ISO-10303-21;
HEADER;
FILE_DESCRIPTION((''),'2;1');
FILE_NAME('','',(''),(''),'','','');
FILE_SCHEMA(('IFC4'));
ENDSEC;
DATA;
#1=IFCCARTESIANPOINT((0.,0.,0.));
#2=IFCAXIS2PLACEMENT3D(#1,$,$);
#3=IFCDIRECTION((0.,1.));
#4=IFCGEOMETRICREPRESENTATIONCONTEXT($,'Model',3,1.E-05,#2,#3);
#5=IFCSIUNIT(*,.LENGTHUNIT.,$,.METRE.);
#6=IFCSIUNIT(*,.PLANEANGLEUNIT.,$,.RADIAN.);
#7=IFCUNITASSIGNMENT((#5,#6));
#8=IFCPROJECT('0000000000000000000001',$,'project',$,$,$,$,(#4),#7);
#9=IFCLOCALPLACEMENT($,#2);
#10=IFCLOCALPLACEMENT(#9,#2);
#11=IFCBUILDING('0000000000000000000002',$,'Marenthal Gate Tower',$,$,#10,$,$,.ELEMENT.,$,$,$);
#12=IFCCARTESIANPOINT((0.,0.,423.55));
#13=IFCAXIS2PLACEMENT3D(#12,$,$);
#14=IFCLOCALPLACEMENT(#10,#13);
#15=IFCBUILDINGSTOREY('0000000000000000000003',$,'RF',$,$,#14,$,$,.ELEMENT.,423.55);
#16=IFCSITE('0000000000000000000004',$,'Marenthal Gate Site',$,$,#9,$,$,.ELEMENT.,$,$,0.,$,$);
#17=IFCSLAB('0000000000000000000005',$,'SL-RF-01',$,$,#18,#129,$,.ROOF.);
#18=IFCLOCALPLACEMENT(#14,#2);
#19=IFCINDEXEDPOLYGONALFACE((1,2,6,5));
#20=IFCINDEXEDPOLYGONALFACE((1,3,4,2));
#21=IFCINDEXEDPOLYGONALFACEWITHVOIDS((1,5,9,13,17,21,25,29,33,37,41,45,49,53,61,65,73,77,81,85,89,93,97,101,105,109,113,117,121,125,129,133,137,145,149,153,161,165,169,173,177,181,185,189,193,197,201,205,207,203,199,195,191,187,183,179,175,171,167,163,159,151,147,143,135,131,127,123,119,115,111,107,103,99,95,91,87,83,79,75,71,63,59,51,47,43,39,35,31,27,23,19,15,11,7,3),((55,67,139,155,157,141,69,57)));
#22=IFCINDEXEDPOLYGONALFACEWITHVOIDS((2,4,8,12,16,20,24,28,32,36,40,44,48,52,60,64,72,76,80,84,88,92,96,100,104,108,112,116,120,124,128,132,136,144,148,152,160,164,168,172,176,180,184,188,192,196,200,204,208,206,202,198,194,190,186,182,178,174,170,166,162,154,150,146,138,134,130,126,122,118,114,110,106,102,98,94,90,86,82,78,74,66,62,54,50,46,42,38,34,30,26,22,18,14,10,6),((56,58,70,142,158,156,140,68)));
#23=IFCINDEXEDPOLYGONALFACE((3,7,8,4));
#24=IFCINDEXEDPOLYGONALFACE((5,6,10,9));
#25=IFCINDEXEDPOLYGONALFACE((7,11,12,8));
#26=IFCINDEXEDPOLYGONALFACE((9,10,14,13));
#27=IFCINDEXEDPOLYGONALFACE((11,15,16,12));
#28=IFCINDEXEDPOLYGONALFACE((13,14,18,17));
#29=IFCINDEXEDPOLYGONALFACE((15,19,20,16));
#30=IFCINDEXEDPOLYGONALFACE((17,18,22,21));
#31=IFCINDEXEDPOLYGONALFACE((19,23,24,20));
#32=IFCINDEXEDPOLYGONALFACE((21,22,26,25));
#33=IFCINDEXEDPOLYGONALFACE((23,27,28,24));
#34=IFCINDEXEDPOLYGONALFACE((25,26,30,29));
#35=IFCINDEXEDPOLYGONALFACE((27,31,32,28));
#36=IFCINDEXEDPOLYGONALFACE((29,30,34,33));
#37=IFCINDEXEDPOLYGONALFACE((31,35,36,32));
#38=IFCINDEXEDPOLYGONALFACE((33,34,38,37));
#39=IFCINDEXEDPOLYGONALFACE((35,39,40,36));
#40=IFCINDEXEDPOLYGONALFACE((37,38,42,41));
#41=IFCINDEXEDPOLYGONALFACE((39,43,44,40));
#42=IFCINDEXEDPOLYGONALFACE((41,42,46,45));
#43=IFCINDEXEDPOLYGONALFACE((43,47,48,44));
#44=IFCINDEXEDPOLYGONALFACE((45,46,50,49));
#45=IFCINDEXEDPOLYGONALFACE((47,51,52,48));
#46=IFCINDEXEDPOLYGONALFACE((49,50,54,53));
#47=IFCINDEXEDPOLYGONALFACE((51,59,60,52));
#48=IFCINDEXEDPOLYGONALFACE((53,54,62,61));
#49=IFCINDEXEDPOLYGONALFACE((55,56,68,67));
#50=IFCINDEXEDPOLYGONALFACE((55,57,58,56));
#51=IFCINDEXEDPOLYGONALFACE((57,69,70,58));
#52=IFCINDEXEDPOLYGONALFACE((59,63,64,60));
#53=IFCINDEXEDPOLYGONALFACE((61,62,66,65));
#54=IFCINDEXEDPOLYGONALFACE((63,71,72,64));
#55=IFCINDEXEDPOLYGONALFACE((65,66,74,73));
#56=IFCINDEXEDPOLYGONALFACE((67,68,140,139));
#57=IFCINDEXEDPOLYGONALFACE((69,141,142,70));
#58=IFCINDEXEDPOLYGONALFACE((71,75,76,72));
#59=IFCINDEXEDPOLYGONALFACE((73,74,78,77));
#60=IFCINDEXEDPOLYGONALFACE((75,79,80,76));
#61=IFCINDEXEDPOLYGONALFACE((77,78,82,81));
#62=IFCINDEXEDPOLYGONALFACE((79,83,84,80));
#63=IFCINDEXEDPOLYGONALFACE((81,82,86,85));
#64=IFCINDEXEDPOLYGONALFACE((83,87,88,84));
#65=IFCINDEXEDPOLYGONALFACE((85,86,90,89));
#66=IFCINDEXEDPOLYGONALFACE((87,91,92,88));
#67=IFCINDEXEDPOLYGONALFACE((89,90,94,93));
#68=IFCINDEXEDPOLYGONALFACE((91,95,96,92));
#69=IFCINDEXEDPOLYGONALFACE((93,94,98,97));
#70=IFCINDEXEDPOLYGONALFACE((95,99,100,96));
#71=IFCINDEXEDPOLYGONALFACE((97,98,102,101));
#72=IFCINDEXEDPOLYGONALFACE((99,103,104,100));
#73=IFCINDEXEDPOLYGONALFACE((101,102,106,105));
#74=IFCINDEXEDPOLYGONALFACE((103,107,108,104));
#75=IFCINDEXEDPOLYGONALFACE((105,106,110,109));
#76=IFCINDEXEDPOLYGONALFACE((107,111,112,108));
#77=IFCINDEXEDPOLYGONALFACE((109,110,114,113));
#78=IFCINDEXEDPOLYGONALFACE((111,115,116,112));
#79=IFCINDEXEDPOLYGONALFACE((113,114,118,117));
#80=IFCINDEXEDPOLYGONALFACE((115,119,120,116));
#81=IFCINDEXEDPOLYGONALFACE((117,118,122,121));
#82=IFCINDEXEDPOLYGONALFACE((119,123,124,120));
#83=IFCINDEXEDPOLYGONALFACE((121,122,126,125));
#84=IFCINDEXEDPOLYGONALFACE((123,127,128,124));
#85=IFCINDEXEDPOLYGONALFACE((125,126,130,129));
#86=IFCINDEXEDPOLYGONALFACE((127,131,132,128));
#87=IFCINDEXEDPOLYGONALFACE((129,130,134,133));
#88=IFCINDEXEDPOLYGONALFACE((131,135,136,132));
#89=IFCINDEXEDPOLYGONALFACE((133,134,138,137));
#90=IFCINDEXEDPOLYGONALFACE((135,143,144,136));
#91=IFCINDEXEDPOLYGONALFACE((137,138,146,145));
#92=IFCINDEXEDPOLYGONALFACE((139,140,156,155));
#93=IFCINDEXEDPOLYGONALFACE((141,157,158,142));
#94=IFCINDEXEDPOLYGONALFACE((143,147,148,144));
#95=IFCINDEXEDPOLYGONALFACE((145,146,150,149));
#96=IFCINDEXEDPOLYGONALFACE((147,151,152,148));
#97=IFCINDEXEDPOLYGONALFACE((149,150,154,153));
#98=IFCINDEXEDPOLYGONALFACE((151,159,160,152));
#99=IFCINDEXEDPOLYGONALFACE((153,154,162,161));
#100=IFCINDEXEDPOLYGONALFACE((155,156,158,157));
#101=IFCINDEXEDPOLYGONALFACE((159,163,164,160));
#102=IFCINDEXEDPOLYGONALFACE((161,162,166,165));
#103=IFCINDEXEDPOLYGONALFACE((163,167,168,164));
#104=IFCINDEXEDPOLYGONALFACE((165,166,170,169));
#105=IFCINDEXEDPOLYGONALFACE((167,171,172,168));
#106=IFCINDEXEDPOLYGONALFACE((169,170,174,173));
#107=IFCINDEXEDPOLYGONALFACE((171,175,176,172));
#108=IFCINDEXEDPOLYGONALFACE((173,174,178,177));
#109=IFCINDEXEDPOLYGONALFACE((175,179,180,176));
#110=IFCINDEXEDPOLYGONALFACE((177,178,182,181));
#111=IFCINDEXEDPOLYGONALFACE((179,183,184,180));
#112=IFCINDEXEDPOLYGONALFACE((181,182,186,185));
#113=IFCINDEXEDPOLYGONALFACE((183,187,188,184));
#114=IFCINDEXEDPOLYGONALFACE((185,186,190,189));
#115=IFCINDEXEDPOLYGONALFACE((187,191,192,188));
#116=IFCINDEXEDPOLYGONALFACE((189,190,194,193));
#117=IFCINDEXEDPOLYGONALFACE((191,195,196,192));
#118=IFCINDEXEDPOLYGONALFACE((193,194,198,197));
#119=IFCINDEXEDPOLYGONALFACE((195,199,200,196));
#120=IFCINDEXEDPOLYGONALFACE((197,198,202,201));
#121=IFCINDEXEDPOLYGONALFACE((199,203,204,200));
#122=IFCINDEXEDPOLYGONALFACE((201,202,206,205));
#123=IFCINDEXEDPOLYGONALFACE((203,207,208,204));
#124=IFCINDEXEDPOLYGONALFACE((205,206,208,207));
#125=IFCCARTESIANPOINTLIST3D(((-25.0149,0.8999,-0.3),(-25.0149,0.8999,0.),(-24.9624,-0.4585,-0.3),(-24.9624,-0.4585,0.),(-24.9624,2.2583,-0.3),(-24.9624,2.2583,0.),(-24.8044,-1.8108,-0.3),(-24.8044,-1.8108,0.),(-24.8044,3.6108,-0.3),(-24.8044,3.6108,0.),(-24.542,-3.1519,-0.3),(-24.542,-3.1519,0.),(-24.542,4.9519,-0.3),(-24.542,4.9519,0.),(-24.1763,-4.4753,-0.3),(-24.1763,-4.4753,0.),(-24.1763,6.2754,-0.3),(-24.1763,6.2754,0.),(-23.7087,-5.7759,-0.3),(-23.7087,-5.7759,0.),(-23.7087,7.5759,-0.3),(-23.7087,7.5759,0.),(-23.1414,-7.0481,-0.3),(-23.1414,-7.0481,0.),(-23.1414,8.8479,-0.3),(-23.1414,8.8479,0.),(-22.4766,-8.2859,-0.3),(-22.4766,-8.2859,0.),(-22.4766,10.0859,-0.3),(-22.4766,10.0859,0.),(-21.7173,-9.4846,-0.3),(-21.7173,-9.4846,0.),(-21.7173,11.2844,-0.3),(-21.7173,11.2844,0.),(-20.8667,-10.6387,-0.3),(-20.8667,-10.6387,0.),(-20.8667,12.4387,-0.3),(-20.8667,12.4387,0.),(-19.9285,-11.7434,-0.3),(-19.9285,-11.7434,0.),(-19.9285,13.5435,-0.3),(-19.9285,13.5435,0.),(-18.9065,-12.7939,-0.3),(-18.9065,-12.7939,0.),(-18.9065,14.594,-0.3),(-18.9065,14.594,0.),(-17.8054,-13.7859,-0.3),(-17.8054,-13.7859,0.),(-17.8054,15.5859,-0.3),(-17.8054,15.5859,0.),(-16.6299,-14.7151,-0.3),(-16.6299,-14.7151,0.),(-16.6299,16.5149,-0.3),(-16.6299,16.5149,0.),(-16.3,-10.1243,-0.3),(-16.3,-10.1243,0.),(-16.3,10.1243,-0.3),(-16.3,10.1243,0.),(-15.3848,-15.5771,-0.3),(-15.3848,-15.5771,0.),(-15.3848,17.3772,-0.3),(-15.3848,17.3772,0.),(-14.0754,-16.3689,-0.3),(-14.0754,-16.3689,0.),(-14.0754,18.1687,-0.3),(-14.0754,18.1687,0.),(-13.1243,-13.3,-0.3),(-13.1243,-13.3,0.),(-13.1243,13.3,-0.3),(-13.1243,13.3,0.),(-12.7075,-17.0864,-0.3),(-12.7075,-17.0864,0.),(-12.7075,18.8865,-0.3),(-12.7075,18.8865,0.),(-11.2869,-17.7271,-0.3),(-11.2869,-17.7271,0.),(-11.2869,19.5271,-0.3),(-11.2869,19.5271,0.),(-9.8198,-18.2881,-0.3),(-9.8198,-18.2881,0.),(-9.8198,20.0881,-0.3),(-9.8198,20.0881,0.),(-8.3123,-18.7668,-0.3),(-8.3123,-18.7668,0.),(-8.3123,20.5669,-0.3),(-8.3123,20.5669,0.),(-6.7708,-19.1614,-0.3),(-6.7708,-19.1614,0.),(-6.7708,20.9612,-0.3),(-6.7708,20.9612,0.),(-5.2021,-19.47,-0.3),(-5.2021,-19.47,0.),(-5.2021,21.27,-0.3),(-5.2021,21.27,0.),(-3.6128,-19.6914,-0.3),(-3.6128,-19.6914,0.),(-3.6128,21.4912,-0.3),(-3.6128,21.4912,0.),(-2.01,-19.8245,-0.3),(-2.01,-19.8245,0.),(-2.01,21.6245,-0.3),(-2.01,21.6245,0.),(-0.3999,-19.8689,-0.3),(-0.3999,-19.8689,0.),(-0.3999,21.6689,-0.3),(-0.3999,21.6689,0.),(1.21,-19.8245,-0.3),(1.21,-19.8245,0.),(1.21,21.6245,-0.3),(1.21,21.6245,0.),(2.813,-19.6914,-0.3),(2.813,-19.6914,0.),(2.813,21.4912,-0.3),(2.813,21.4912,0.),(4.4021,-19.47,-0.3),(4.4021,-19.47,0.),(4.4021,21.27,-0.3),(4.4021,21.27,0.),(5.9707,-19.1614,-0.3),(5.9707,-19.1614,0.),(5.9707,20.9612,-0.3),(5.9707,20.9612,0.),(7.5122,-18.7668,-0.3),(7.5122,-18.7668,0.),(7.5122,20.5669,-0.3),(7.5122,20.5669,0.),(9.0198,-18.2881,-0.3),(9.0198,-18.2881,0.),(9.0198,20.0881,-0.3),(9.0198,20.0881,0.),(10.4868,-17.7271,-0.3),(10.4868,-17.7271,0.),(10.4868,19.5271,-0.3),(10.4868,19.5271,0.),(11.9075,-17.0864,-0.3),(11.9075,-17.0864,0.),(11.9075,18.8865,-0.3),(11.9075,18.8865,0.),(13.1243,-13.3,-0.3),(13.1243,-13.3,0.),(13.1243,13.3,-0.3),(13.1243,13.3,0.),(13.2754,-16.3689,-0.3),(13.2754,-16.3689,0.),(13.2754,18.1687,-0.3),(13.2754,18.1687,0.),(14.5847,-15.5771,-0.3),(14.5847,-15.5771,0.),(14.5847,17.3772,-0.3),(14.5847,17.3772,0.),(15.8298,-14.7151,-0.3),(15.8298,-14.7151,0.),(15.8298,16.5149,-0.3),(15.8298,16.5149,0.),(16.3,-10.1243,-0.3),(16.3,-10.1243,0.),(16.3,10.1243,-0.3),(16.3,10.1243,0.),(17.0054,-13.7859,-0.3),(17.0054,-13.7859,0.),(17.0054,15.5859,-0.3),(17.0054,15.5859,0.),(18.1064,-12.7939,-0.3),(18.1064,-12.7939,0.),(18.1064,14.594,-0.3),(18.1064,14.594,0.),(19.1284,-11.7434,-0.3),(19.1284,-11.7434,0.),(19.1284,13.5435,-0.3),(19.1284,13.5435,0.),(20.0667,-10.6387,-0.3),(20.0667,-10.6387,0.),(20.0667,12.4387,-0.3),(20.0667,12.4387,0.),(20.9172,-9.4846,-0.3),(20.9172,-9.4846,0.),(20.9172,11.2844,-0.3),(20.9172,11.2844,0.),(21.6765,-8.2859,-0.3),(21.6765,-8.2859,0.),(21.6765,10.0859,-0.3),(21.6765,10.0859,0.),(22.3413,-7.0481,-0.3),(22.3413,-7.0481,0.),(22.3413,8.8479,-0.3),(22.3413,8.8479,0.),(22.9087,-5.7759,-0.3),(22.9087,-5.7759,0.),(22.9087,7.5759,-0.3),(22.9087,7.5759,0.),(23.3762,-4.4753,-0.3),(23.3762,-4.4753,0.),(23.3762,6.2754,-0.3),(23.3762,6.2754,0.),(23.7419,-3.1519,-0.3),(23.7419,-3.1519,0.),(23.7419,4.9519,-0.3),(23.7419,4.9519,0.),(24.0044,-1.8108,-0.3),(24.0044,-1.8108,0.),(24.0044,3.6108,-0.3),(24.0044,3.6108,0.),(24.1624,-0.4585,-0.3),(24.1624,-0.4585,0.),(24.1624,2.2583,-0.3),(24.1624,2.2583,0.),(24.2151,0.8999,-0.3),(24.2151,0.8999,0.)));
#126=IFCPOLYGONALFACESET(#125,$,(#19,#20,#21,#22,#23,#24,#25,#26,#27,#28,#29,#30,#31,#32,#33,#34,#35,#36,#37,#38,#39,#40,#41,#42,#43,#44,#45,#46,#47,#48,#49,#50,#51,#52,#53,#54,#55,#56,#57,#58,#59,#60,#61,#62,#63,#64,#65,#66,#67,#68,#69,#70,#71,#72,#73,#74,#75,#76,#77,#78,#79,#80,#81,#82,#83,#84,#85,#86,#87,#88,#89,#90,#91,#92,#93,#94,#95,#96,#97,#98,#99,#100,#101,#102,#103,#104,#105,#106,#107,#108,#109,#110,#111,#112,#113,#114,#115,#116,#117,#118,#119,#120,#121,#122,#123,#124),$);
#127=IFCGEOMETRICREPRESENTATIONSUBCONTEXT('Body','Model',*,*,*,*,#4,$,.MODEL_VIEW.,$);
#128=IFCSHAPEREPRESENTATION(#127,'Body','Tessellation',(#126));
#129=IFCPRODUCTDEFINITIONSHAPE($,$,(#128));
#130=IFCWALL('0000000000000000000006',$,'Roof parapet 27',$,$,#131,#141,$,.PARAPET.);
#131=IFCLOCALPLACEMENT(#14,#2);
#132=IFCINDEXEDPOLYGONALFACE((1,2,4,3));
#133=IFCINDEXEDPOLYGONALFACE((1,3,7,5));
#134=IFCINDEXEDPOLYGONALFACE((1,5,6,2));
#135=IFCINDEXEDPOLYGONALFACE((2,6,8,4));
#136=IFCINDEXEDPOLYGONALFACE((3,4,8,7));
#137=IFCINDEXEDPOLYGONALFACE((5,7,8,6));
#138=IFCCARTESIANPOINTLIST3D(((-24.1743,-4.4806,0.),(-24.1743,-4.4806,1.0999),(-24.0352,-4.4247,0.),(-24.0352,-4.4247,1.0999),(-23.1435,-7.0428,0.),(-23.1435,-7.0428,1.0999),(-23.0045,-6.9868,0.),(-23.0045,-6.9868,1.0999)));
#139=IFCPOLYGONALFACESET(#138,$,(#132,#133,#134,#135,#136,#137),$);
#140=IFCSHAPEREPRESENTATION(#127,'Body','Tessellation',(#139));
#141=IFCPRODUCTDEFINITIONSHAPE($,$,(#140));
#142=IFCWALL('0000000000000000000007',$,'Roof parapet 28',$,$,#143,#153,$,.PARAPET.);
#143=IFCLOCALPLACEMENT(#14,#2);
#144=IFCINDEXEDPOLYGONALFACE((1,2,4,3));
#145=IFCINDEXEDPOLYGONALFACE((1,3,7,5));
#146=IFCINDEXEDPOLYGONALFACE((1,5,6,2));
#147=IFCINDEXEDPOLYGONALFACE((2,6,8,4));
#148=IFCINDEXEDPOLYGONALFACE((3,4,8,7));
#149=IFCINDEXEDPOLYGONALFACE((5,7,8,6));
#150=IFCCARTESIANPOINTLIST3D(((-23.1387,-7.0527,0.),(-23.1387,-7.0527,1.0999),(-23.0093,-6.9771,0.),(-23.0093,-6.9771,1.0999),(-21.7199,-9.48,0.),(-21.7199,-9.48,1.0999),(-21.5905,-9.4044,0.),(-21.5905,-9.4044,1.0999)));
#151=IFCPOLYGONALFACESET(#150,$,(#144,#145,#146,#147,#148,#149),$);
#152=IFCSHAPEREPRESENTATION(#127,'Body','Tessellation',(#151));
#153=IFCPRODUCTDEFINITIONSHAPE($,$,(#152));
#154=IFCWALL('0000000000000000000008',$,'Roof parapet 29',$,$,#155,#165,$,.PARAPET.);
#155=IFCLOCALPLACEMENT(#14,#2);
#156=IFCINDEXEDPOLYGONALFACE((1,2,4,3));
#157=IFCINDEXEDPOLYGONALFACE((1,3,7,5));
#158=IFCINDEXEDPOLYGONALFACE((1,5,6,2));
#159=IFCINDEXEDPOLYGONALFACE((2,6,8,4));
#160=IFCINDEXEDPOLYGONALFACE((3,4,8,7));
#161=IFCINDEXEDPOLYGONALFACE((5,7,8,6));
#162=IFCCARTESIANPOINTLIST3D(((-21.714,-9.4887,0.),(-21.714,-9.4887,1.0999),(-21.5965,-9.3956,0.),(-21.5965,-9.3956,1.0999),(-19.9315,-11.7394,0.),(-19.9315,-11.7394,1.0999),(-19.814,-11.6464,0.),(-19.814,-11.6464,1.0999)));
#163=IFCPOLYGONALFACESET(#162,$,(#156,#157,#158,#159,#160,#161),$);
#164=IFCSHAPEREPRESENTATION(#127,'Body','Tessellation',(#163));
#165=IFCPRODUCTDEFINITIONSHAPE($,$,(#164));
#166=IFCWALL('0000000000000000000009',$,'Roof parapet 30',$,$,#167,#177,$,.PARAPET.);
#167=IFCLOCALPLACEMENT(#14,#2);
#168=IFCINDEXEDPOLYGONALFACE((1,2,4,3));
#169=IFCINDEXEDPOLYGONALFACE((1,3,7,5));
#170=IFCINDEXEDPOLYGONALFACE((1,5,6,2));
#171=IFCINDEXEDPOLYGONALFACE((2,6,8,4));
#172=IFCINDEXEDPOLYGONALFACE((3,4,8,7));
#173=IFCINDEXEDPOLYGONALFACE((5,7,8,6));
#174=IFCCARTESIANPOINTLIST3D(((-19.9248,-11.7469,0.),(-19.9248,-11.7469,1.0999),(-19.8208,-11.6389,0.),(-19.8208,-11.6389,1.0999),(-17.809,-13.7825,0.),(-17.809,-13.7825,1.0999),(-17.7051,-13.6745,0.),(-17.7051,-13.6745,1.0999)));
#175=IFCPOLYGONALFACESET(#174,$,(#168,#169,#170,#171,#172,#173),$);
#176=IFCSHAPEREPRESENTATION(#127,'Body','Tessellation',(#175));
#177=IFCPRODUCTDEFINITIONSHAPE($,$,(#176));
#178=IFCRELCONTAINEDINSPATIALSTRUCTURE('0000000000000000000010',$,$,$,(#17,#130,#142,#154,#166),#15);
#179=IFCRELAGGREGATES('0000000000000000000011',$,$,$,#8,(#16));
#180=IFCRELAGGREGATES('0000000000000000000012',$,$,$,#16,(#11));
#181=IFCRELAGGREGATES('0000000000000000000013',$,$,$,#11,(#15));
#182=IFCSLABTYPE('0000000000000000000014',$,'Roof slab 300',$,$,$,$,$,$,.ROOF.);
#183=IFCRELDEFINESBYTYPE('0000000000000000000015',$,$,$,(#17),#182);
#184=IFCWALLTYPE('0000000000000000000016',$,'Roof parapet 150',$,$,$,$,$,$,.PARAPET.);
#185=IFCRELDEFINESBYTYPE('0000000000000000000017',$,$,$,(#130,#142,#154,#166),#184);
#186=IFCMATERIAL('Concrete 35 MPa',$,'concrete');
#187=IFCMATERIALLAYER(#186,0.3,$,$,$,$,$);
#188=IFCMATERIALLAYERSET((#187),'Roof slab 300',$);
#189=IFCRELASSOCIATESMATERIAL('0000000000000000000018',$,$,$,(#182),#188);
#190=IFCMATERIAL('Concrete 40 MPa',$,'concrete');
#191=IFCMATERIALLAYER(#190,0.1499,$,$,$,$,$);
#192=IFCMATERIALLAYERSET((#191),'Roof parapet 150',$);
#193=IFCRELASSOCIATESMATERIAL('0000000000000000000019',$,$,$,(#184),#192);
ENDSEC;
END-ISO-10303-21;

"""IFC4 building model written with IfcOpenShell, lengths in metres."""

from ifc_helpers import new_model, si_unit, direction, frame, frame_2d, origin, place, context, subcontext, project, spatial, polyline, rectangle, outline, extrude, material, layer, layer_set, type_object, element, save


model = new_model("IFC4")

# Units and contexts
model_context = context("Model", 3, precision=1e-05, world=origin(), true_north=direction((0.0, 1.0)))
body_context = subcontext(model_context, "Body", "Model", "MODEL_VIEW")
ifc_project = project(units=[si_unit("LENGTHUNIT", "METRE"), si_unit("PLANEANGLEUNIT", "RADIAN")], contexts=[model_context])

# Site, building, storey
site_placement = place(None, origin())
site = spatial("IfcSite", under=ifc_project, at=site_placement, Name="Marenthal Gate Site", CompositionType="ELEMENT", RefElevation=0.0)
building_placement = place(site_placement, origin())
building = spatial("IfcBuilding", under=site, at=building_placement, Name="Marenthal Gate Tower", CompositionType="ELEMENT")
storey_placement = place(building_placement, frame((0.0, 0.0, 423.55)))
storey = spatial("IfcBuildingStorey", under=building, at=storey_placement, Name="RF", CompositionType="ELEMENT", Elevation=423.55)

# Slab
ifc_material_1 = material(Name="Concrete 35 MPa", Category="concrete")
ifc_layer_1 = layer(ifc_material_1, 0.3)
ifc_layer_set_1 = layer_set([ifc_layer_1], Name="Roof slab 300")
slab_type = type_object("IfcSlabType", Name="Roof slab 300", PredefinedType="ROOF", material=ifc_layer_set_1)
slab_placement = place(storey_placement, frame((0.0, 0.0, -0.3)))
element("IfcSlab", 1, at=slab_placement, inside=storey, type_object=slab_type, Name="SL-RF-01", PredefinedType="ROOF", context=body_context, shape_type="SweptSolid", body=[
    extrude(outline(polyline([(24.2151, 0.8999), (24.1624, 2.2583), (24.0044, 3.6108), (23.7419, 4.9519), (23.3762, 6.2754), (22.9087, 7.5759), (22.3413, 8.8479), (21.6765, 10.0859), (20.9172, 11.2844), (20.0667, 12.4387), (19.1284, 13.5435), (18.1064, 14.594), (17.0054, 15.5859), (15.8298, 16.5149), (14.5847, 17.3772), (13.2754, 18.1687), (11.9075, 18.8865), (10.4868, 19.5271), (9.0198, 20.0881), (7.5122, 20.5669), (5.9707, 20.9612), (4.4021, 21.27), (2.813, 21.4912), (1.21, 21.6245), (-0.3999, 21.6689), (-2.01, 21.6245), (-3.6128, 21.4912), (-5.2021, 21.27), (-6.7708, 20.9612), (-8.3123, 20.5669), (-9.8198, 20.0881), (-11.2869, 19.5271), (-12.7075, 18.8865), (-14.0754, 18.1687), (-15.3848, 17.3772), (-16.6299, 16.5149), (-17.8054, 15.5859), (-18.9065, 14.594), (-19.9285, 13.5435), (-20.8667, 12.4387), (-21.7173, 11.2844), (-22.4766, 10.0859), (-23.1414, 8.8479), (-23.7087, 7.5759), (-24.1763, 6.2754), (-24.542, 4.9519), (-24.8044, 3.6108), (-24.9624, 2.2583), (-25.0149, 0.8999), (-24.9624, -0.4585), (-24.8044, -1.8108), (-24.542, -3.1519), (-24.1763, -4.4753), (-23.7087, -5.7759), (-23.1414, -7.0481), (-22.4766, -8.2859), (-21.7173, -9.4846), (-20.8667, -10.6387), (-19.9285, -11.7434), (-18.9065, -12.7939), (-17.8054, -13.7859), (-16.6299, -14.7151), (-15.3848, -15.5771), (-14.0754, -16.3689), (-12.7075, -17.0864), (-11.2869, -17.7271), (-9.8198, -18.2881), (-8.3123, -18.7668), (-6.7708, -19.1614), (-5.2021, -19.47), (-3.6128, -19.6914), (-2.01, -19.8245), (-0.3999, -19.8689), (1.21, -19.8245), (2.813, -19.6914), (4.4021, -19.47), (5.9707, -19.1614), (7.5122, -18.7668), (9.0198, -18.2881), (10.4868, -17.7271), (11.9075, -17.0864), (13.2754, -16.3689), (14.5847, -15.5771), (15.8298, -14.7151), (17.0054, -13.7859), (18.1064, -12.7939), (19.1284, -11.7434), (20.0667, -10.6387), (20.9172, -9.4846), (21.6765, -8.2859), (22.3413, -7.0481), (22.9087, -5.7759), (23.3762, -4.4753), (23.7419, -3.1519), (24.0044, -1.8108), (24.1624, -0.4585), (24.2151, 0.8999)]), holes=[polyline([(13.1243, -13.3), (16.3, -10.1243), (16.3, 10.1243), (13.1243, 13.3), (-13.1243, 13.3), (-16.3, 10.1243), (-16.3, -10.1243), (-13.1243, -13.3), (13.1243, -13.3)])]), origin(), (0.0, 0.0, 1.0), 0.3),
])

# Walls
ifc_material_2 = material(Name="Concrete 40 MPa", Category="concrete")
ifc_layer_2 = layer(ifc_material_2, 0.1499)
ifc_layer_set_2 = layer_set([ifc_layer_2], Name="Roof parapet 150")
wall_type_1 = type_object("IfcWallType", Name="Roof parapet 150", PredefinedType="PARAPET", material=ifc_layer_set_2)
wall_1_placement = place(storey_placement, frame((-24.1047, -4.4526, 0.0), z_axis=(0.0, 0.0, 1.0), x_axis=(0.373219, -0.927743, 0.0)))
element("IfcWall", 2, at=wall_1_placement, inside=storey, type_object=wall_type_1, Name="Roof parapet 27", PredefinedType="PARAPET", context=body_context, shape_type="SweptSolid", body=[
    extrude(rectangle(XDim=2.7617, YDim=0.1499, at=frame_2d((1.3809, 0.0))), origin(), (0.0, 0.0, 1.0), 1.0999),
])
wall_2_placement = place(storey_placement, frame((-23.074, -7.0149, 0.0), z_axis=(0.0, 0.0, 1.0), x_axis=(0.504616, -0.863344, 0.0)))
element("IfcWall", 3, at=wall_2_placement, inside=storey, type_object=wall_type_1, Name="Roof parapet 28", PredefinedType="PARAPET", context=body_context, shape_type="SweptSolid", body=[
    extrude(rectangle(XDim=2.8115, YDim=0.1499, at=frame_2d((1.4058, 0.0))), origin(), (0.0, 0.0, 1.0), 1.0999),
])
wall_3_placement = place(storey_placement, frame((-21.6553, -9.4421, 0.0), z_axis=(0.0, 0.0, 1.0), x_axis=(0.62084, -0.783937, 0.0)))
element("IfcWall", 4, at=wall_3_placement, inside=storey, type_object=wall_type_1, Name="Roof parapet 29", PredefinedType="PARAPET", context=body_context, shape_type="SweptSolid", body=[
    extrude(rectangle(XDim=2.8711, YDim=0.1499, at=frame_2d((1.4355, 0.0))), origin(), (0.0, 0.0, 1.0), 1.0999),
])
wall_4_placement = place(storey_placement, frame((-19.8728, -11.6929, 0.0), z_axis=(0.0, 0.0, 1.0), x_axis=(0.720613, -0.693338, 0.0)))
element("IfcWall", 5, at=wall_4_placement, inside=storey, type_object=wall_type_1, Name="Roof parapet 30", PredefinedType="PARAPET", context=body_context, shape_type="SweptSolid", body=[
    extrude(rectangle(XDim=2.936, YDim=0.1499, at=frame_2d((1.468, 0.0))), origin(), (0.0, 0.0, 1.0), 1.0999),
])

save(model, "model.ifc")
